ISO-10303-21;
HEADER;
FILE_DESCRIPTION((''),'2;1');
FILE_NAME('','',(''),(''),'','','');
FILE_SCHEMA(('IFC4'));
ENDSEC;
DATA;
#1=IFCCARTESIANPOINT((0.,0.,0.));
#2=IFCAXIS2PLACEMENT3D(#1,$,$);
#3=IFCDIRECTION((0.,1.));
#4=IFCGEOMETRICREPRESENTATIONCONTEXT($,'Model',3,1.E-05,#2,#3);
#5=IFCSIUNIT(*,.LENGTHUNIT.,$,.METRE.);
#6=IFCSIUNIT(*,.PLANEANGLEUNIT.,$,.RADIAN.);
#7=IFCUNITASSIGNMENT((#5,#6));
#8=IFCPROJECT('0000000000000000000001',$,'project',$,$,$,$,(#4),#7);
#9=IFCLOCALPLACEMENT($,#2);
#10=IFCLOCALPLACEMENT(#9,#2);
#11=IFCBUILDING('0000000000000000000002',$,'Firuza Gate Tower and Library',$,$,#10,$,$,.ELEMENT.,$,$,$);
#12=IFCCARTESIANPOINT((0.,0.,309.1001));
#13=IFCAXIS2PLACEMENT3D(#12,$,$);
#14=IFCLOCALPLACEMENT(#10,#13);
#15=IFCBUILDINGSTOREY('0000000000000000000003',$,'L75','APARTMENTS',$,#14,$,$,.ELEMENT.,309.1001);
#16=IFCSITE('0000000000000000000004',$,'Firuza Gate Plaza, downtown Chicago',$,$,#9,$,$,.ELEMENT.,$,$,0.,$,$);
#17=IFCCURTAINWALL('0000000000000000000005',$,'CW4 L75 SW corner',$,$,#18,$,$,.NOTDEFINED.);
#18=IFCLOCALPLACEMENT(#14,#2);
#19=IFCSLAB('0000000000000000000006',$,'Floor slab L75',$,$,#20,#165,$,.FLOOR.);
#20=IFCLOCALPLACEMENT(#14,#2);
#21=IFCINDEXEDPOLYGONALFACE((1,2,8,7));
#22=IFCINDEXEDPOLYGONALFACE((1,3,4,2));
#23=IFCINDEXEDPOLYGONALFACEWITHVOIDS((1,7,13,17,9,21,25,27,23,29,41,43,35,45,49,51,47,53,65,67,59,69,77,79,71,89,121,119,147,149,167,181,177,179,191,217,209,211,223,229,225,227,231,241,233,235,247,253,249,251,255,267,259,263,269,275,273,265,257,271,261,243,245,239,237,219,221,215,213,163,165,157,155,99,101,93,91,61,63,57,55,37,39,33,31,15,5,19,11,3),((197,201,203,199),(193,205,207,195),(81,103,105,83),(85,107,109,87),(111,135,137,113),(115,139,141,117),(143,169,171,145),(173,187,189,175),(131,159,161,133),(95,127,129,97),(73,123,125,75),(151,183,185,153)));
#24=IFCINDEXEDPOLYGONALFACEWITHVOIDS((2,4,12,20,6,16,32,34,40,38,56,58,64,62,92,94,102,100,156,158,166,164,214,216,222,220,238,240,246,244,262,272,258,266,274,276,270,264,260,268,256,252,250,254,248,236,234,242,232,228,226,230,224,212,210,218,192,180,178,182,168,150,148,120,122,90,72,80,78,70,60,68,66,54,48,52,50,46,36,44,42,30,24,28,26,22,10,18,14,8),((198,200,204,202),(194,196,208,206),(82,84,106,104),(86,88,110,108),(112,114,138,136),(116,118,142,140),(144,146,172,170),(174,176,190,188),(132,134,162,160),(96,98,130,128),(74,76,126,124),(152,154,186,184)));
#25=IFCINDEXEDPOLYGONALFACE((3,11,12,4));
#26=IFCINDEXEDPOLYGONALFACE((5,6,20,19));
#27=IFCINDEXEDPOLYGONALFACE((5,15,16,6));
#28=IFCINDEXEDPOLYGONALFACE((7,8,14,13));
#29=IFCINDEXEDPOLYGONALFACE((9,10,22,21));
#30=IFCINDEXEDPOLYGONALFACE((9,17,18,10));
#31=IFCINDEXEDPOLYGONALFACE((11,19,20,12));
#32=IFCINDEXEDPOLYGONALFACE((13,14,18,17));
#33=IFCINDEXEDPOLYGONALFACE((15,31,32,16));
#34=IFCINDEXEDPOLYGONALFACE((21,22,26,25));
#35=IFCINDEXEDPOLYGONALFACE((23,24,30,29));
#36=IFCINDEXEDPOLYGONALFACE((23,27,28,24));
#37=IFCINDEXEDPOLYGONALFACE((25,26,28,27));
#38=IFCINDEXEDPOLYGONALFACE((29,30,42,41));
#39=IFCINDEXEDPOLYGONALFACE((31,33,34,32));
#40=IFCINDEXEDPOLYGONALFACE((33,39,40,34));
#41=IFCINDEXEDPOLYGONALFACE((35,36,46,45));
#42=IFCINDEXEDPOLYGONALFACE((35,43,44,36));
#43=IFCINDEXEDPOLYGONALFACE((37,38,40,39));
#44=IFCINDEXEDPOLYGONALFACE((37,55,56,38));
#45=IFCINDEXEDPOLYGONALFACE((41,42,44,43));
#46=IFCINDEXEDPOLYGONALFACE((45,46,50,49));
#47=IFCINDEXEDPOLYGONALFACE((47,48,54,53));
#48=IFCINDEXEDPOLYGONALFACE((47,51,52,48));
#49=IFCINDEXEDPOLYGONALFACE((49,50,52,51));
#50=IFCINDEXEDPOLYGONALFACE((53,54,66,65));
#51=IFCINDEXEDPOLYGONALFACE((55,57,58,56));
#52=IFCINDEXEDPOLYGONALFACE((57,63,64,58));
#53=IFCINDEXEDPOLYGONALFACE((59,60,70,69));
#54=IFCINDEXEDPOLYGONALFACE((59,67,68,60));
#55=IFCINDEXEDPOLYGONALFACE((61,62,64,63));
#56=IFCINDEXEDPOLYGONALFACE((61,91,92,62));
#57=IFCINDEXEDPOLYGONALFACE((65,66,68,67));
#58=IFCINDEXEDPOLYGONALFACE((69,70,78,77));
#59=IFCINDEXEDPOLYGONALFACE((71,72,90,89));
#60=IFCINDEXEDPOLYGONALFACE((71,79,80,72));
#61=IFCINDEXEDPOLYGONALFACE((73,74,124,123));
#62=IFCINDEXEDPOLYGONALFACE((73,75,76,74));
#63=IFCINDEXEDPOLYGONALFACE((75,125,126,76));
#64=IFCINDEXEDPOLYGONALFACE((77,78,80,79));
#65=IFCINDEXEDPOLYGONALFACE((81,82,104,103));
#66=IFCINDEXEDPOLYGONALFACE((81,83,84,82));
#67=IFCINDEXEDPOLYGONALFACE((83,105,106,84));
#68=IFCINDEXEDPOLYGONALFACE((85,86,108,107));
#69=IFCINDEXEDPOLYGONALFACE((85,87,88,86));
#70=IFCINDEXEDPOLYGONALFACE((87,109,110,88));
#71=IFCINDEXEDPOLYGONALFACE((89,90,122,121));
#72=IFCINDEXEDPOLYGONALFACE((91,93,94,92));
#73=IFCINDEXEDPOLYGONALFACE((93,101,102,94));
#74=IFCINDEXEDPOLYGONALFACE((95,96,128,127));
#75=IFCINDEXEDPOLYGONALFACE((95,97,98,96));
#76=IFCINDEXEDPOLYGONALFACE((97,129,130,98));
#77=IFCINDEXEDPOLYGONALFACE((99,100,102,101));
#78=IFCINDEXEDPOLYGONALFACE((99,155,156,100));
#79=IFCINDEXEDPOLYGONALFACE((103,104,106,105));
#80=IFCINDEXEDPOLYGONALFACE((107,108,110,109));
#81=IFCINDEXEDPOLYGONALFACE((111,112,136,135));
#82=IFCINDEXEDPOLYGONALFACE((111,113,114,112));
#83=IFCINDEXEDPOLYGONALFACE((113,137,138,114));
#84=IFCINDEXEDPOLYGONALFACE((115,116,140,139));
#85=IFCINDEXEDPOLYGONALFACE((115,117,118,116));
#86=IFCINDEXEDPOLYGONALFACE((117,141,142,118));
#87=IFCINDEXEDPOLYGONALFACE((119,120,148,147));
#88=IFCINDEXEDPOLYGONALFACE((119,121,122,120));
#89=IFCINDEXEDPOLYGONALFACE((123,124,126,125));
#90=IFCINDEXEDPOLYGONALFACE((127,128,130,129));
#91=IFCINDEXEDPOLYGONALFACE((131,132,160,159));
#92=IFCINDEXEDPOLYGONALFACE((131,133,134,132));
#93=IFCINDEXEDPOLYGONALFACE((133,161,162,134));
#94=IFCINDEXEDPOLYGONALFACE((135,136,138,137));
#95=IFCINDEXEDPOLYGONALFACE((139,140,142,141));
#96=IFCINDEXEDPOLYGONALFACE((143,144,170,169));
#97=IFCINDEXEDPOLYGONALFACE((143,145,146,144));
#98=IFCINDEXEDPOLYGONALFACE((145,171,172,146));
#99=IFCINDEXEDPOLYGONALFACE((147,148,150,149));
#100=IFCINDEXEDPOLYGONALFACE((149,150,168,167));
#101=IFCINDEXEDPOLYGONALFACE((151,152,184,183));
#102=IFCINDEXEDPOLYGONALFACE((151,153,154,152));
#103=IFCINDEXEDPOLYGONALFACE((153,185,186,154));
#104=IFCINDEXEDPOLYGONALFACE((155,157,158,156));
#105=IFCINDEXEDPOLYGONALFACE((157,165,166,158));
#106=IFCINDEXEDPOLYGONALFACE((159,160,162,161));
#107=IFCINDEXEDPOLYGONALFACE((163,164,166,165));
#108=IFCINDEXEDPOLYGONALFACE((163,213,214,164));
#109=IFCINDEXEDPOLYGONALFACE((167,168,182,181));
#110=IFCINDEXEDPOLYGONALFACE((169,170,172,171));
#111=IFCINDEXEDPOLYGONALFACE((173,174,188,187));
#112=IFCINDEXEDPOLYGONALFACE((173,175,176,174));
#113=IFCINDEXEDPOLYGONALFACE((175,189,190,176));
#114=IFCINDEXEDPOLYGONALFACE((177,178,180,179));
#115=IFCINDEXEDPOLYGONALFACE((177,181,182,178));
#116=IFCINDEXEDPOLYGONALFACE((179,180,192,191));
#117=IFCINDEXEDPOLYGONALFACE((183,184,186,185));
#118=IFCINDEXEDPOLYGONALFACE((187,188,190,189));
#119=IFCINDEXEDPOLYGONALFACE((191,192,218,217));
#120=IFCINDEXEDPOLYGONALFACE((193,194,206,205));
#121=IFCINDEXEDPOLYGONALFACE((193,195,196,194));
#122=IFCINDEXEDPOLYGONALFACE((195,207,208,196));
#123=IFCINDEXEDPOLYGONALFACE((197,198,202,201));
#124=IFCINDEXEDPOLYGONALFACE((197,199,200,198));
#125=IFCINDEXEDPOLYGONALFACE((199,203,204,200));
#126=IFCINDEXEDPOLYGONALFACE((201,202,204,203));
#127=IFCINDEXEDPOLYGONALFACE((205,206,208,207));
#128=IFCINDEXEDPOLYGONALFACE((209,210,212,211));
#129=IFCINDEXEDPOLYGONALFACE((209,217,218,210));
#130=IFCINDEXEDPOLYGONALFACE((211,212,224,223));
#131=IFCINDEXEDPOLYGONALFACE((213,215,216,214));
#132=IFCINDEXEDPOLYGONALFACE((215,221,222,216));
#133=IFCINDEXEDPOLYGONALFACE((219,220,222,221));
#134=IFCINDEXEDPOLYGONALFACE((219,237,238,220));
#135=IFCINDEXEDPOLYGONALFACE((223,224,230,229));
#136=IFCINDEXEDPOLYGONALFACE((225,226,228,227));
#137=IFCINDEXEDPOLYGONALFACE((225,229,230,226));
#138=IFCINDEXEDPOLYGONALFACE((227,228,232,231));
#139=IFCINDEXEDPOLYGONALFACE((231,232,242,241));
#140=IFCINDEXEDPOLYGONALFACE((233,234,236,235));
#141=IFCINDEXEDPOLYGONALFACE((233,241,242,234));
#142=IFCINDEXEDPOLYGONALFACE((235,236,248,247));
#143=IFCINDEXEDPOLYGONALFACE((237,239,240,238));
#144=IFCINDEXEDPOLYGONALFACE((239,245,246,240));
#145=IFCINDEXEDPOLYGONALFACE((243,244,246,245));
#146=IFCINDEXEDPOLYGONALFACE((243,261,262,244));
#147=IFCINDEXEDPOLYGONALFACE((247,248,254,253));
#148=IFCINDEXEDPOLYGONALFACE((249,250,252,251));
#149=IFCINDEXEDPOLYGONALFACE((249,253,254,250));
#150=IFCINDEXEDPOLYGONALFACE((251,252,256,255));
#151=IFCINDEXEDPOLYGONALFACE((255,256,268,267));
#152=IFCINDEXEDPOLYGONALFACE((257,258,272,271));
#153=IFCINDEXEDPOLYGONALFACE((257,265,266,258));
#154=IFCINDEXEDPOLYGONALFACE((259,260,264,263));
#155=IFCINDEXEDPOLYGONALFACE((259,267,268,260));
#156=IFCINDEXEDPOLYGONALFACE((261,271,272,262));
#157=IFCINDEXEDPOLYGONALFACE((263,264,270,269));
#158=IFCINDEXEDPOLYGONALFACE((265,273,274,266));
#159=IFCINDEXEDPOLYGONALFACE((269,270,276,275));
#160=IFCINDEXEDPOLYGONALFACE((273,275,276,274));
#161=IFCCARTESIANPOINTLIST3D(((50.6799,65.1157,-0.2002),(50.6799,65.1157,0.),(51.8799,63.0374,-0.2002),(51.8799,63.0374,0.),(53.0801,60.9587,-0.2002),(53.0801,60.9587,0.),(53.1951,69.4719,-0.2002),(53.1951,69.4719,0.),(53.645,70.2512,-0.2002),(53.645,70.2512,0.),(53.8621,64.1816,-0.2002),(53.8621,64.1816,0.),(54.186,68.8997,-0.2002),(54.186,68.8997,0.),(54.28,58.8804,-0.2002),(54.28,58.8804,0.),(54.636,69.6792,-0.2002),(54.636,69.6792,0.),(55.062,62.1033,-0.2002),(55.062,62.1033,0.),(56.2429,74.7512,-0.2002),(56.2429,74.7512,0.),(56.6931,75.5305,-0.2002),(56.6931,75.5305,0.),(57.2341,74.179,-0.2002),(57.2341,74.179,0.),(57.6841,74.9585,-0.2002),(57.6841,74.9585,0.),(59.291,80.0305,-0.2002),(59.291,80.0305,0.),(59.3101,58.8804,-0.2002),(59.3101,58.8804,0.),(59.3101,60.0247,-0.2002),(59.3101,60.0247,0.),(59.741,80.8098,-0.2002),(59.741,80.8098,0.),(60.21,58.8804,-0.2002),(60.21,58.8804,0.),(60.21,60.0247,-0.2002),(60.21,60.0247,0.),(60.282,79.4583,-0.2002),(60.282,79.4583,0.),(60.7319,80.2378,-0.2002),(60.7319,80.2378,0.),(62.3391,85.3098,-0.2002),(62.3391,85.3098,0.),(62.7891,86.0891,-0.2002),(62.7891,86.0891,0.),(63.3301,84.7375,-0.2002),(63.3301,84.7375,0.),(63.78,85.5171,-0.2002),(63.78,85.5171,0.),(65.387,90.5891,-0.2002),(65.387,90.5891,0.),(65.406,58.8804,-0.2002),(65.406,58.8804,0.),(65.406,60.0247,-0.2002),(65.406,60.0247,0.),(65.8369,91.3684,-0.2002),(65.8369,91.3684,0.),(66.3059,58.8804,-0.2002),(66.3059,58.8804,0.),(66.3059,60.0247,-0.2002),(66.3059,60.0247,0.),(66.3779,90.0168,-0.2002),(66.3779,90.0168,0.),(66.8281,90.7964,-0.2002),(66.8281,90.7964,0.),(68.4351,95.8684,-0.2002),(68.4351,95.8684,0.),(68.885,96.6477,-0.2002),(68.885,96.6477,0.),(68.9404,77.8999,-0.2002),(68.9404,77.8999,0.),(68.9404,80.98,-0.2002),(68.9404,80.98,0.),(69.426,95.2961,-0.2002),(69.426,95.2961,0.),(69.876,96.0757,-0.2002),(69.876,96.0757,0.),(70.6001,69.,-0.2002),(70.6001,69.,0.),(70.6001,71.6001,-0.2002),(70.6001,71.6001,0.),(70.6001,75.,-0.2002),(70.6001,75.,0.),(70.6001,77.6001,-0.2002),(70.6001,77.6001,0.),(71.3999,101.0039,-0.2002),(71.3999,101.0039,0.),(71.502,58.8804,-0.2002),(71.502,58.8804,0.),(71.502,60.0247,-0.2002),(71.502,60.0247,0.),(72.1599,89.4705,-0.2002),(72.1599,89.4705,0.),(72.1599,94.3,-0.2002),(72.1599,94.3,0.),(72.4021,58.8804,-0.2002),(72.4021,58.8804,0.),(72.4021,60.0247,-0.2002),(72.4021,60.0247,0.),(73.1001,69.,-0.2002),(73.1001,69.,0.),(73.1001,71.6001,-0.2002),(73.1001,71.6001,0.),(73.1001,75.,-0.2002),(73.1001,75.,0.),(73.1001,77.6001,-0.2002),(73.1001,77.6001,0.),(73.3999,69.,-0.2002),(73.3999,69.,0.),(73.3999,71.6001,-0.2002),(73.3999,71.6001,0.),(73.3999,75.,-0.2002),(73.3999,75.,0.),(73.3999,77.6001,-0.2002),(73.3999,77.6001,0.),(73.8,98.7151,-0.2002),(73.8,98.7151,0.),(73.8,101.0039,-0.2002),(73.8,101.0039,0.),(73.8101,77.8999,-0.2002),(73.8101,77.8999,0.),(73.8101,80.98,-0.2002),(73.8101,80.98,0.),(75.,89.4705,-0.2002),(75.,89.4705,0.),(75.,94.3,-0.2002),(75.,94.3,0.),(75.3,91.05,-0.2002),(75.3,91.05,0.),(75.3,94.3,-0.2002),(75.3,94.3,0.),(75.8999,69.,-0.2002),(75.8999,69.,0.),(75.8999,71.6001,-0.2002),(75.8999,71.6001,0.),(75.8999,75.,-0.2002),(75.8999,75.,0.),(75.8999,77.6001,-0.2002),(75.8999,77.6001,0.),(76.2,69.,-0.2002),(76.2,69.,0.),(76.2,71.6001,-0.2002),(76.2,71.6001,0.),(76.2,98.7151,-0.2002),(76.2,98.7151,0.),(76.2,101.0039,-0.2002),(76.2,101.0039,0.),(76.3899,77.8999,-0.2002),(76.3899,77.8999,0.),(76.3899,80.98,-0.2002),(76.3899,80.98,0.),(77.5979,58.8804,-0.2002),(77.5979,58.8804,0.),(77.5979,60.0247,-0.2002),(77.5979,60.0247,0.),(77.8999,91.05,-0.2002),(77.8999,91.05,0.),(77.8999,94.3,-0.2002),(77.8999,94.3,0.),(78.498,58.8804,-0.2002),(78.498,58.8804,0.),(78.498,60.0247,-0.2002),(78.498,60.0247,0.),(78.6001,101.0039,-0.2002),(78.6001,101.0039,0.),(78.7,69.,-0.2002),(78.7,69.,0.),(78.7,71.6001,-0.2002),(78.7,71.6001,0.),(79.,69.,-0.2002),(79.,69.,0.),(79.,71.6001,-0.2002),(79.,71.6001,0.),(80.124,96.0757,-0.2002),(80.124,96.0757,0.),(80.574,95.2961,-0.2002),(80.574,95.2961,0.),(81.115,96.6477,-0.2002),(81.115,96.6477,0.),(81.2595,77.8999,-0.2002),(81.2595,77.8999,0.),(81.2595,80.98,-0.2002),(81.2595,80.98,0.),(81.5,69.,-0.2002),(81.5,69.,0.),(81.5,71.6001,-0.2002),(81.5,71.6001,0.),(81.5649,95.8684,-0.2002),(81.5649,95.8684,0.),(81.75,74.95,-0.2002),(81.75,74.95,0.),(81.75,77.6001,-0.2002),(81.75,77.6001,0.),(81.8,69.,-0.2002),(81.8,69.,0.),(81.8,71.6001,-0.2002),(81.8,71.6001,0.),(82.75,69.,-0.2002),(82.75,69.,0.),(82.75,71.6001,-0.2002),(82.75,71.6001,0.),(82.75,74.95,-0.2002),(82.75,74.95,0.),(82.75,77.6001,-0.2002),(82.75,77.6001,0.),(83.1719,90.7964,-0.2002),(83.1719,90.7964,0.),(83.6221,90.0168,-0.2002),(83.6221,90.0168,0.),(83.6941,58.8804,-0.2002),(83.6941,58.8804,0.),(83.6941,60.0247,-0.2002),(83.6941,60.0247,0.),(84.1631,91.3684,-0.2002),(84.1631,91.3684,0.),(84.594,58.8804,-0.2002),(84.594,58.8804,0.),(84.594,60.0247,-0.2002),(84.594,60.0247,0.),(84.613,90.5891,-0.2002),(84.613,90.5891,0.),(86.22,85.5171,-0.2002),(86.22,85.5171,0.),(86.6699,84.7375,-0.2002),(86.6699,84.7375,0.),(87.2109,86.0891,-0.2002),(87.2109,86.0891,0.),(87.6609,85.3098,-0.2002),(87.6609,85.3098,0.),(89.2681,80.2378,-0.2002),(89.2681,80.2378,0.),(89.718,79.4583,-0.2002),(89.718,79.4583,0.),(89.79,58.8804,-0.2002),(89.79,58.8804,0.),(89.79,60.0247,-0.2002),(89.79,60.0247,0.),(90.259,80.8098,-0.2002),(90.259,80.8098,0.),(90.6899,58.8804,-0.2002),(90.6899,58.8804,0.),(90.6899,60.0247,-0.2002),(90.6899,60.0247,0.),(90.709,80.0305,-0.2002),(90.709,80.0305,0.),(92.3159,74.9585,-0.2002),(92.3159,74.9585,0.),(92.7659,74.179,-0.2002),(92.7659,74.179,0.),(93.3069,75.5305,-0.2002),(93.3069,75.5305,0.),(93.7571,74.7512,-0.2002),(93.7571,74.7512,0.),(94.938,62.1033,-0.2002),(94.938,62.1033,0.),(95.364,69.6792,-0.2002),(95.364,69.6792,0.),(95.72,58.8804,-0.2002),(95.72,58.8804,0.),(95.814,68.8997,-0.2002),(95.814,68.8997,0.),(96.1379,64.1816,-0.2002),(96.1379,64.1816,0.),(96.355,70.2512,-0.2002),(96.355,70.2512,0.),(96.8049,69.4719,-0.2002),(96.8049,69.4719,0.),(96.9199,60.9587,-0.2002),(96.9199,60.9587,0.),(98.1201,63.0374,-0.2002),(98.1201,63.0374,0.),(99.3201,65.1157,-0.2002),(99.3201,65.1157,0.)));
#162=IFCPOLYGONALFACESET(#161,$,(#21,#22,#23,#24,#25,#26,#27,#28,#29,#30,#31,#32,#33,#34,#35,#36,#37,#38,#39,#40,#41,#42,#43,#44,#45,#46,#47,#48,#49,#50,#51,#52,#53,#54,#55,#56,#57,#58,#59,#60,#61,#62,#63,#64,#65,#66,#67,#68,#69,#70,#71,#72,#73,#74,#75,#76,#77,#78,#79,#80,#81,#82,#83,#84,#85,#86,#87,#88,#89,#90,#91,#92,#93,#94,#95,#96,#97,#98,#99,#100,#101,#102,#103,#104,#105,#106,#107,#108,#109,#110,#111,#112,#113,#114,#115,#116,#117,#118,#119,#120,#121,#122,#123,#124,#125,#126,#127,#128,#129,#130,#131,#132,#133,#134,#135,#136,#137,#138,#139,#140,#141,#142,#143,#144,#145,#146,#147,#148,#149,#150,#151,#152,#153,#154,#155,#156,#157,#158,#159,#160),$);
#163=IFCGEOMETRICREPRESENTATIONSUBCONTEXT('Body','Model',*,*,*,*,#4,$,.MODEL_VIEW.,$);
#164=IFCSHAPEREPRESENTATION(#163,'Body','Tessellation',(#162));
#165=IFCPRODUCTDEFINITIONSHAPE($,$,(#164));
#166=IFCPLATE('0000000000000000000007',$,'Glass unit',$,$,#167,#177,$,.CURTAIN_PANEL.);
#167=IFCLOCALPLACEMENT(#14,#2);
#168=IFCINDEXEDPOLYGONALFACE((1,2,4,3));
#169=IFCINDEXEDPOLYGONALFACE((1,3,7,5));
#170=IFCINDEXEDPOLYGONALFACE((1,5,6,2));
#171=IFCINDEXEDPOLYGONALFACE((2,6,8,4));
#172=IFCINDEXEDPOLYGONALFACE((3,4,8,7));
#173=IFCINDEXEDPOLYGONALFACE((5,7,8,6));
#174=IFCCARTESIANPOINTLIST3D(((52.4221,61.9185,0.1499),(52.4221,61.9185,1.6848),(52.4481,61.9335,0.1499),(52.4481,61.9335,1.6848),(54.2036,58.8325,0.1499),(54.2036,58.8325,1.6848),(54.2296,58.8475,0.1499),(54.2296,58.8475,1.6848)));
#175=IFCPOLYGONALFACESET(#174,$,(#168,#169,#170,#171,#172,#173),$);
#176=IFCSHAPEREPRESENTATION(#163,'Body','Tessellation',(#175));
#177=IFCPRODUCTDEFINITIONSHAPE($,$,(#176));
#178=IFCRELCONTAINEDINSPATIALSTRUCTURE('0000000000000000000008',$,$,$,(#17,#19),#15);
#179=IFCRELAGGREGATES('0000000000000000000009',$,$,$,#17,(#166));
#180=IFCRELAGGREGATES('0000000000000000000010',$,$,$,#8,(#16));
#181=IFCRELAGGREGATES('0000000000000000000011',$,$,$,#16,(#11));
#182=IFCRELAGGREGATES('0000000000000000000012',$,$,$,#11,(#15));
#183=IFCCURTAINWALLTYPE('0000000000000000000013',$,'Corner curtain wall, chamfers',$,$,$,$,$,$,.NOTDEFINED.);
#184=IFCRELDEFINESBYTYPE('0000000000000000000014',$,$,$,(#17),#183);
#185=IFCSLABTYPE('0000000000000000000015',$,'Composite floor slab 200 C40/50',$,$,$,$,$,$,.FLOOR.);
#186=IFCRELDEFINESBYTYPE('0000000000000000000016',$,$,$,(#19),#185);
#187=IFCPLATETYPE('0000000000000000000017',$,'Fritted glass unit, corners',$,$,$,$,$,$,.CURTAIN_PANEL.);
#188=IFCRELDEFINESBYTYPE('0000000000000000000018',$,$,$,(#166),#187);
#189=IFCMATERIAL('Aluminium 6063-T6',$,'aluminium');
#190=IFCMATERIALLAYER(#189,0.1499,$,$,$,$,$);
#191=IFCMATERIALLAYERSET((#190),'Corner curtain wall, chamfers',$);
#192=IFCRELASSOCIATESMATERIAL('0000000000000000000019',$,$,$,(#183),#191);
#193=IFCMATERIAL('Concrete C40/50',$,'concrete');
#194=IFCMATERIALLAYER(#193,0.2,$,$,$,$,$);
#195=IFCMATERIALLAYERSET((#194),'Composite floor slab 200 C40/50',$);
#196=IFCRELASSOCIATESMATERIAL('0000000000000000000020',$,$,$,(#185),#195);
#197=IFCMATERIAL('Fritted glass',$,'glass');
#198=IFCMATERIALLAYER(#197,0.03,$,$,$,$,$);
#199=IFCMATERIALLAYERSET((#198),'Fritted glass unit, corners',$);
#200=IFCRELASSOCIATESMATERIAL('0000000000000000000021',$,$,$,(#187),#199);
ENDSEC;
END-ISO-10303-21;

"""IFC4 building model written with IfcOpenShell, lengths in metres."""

from ifc_helpers import new_model, si_unit, direction, frame, origin, place, context, subcontext, project, spatial, polyline, outline, extrude, material, layer, layer_set, type_object, element, aggregate, save


model = new_model("IFC4")

# Units and contexts
model_context = context("Model", 3, precision=1e-05, world=origin(), true_north=direction((0.0, 1.0)))
body_context = subcontext(model_context, "Body", "Model", "MODEL_VIEW")
ifc_project = project(units=[si_unit("LENGTHUNIT", "METRE"), si_unit("PLANEANGLEUNIT", "RADIAN")], contexts=[model_context])

# Site, building, storey
site_placement = place(None, origin())
site = spatial("IfcSite", under=ifc_project, at=site_placement, Name="Firuza Gate Plaza, downtown Chicago", CompositionType="ELEMENT", RefElevation=0.0)
building_placement = place(site_placement, origin())
building = spatial("IfcBuilding", under=site, at=building_placement, Name="Firuza Gate Tower and Library", CompositionType="ELEMENT")
storey_placement = place(building_placement, frame((0.0, 0.0, 309.1001)))
storey = spatial("IfcBuildingStorey", under=building, at=storey_placement, Name="L75", Description="APARTMENTS", CompositionType="ELEMENT", Elevation=309.1001)

# Curtain wall
ifc_material_1 = material(Name="Aluminium 6063-T6", Category="aluminium")
ifc_layer_1 = layer(ifc_material_1, 0.1499)
ifc_layer_set_1 = layer_set([ifc_layer_1], Name="Corner curtain wall, chamfers")
curtain_wall_type_1 = type_object("IfcCurtainWallType", Name="Corner curtain wall, chamfers", PredefinedType="NOTDEFINED", material=ifc_layer_set_1)
placement_1 = place(storey_placement, origin())
curtain_wall_1 = element("IfcCurtainWall", 1, at=placement_1, inside=storey, type_object=curtain_wall_type_1, Name="CW4 L75 SW corner", PredefinedType="NOTDEFINED")

# Slab
ifc_material_2 = material(Name="Concrete C40/50", Category="concrete")
ifc_layer_2 = layer(ifc_material_2, 0.2)
ifc_layer_set_2 = layer_set([ifc_layer_2], Name="Composite floor slab 200 C40/50")
slab_type_1 = type_object("IfcSlabType", Name="Composite floor slab 200 C40/50", PredefinedType="FLOOR", material=ifc_layer_set_2)
placement_2 = place(storey_placement, frame((0.0, 0.0, -0.2002)))
element("IfcSlab", 2, at=placement_2, inside=storey, type_object=slab_type_1, Name="Floor slab L75", PredefinedType="FLOOR", context=body_context, shape_type="SweptSolid", body=[
    extrude(outline(polyline([(54.28, 58.8804), (59.3101, 58.8804), (59.3101, 60.0247), (60.21, 60.0247), (60.21, 58.8804), (65.406, 58.8804), (65.406, 60.0247), (66.3059, 60.0247), (66.3059, 58.8804), (71.502, 58.8804), (71.502, 60.0247), (72.4021, 60.0247), (72.4021, 58.8804), (77.5979, 58.8804), (77.5979, 60.0247), (78.498, 60.0247), (78.498, 58.8804), (83.6941, 58.8804), (83.6941, 60.0247), (84.594, 60.0247), (84.594, 58.8804), (89.79, 58.8804), (89.79, 60.0247), (90.6899, 60.0247), (90.6899, 58.8804), (95.72, 58.8804), (96.9199, 60.9587), (94.938, 62.1033), (96.1379, 64.1816), (98.1201, 63.0374), (99.3201, 65.1157), (96.8049, 69.4719), (95.814, 68.8997), (95.364, 69.6792), (96.355, 70.2512), (93.7571, 74.7512), (92.7659, 74.179), (92.3159, 74.9585), (93.3069, 75.5305), (90.709, 80.0305), (89.718, 79.4583), (89.2681, 80.2378), (90.259, 80.8098), (87.6609, 85.3098), (86.6699, 84.7375), (86.22, 85.5171), (87.2109, 86.0891), (84.613, 90.5891), (83.6221, 90.0168), (83.1719, 90.7964), (84.1631, 91.3684), (81.5649, 95.8684), (80.574, 95.2961), (80.124, 96.0757), (81.115, 96.6477), (78.6001, 101.0039), (76.2, 101.0039), (76.2, 98.7151), (73.8, 98.7151), (73.8, 101.0039), (71.3999, 101.0039), (68.885, 96.6477), (69.876, 96.0757), (69.426, 95.2961), (68.4351, 95.8684), (65.8369, 91.3684), (66.8281, 90.7964), (66.3779, 90.0168), (65.387, 90.5891), (62.7891, 86.0891), (63.78, 85.5171), (63.3301, 84.7375), (62.3391, 85.3098), (59.741, 80.8098), (60.7319, 80.2378), (60.282, 79.4583), (59.291, 80.0305), (56.6931, 75.5305), (57.6841, 74.9585), (57.2341, 74.179), (56.2429, 74.7512), (53.645, 70.2512), (54.636, 69.6792), (54.186, 68.8997), (53.1951, 69.4719), (50.6799, 65.1157), (51.8799, 63.0374), (53.8621, 64.1816), (55.062, 62.1033), (53.0801, 60.9587), (54.28, 58.8804)]), holes=[polyline([(73.1001, 69.0), (70.6001, 69.0), (70.6001, 71.6001), (73.1001, 71.6001), (73.1001, 69.0)]), polyline([(75.8999, 69.0), (73.3999, 69.0), (73.3999, 71.6001), (75.8999, 71.6001), (75.8999, 69.0)]), polyline([(73.1001, 75.0), (70.6001, 75.0), (70.6001, 77.6001), (73.1001, 77.6001), (73.1001, 75.0)]), polyline([(75.8999, 75.0), (73.3999, 75.0), (73.3999, 77.6001), (75.8999, 77.6001), (75.8999, 75.0)]), polyline([(68.9404, 77.8999), (68.9404, 80.98), (73.8101, 80.98), (73.8101, 77.8999), (68.9404, 77.8999)]), polyline([(72.1599, 89.4705), (72.1599, 94.3), (75.0, 94.3), (75.0, 89.4705), (72.1599, 89.4705)]), polyline([(78.7, 69.0), (76.2, 69.0), (76.2, 71.6001), (78.7, 71.6001), (78.7, 69.0)]), polyline([(81.5, 69.0), (79.0, 69.0), (79.0, 71.6001), (81.5, 71.6001), (81.5, 69.0)]), polyline([(82.75, 69.0), (81.8, 69.0), (81.8, 71.6001), (82.75, 71.6001), (82.75, 69.0)]), polyline([(82.75, 74.95), (81.75, 74.95), (81.75, 77.6001), (82.75, 77.6001), (82.75, 74.95)]), polyline([(81.2595, 80.98), (81.2595, 77.8999), (76.3899, 77.8999), (76.3899, 80.98), (81.2595, 80.98)]), polyline([(75.3, 91.05), (75.3, 94.3), (77.8999, 94.3), (77.8999, 91.05), (75.3, 91.05)])]), origin(), (0.0, 0.0, 1.0), 0.2002),
])

# Plate
ifc_material_3 = material(Name="Fritted glass", Category="glass")
ifc_layer_3 = layer(ifc_material_3, 0.03)
ifc_layer_set_3 = layer_set([ifc_layer_3], Name="Fritted glass unit, corners")
plate_type_1 = type_object("IfcPlateType", Name="Fritted glass unit, corners", PredefinedType="CURTAIN_PANEL", material=ifc_layer_set_3)
plate_1_placement = place(storey_placement, frame((52.4221, 61.9185, 0.1499), z_axis=(-0.866046, -0.499964, 0.0), x_axis=(0.499964, -0.866046, 0.0)))
plate_1 = element("IfcPlate", 3, at=plate_1_placement, type_object=plate_type_1, Name="Glass unit", PredefinedType="CURTAIN_PANEL", context=body_context, shape_type="SweptSolid", body=[
    extrude(outline(polyline([(0.0, 0.0), (3.5632, 0.0), (3.5632, 1.5349), (0.0, 1.5349), (0.0, 0.0)])), origin(), (0.0, 0.0, -1.0), 0.03),
])
aggregate(curtain_wall_1, [plate_1])

save(model, "model.ifc")
